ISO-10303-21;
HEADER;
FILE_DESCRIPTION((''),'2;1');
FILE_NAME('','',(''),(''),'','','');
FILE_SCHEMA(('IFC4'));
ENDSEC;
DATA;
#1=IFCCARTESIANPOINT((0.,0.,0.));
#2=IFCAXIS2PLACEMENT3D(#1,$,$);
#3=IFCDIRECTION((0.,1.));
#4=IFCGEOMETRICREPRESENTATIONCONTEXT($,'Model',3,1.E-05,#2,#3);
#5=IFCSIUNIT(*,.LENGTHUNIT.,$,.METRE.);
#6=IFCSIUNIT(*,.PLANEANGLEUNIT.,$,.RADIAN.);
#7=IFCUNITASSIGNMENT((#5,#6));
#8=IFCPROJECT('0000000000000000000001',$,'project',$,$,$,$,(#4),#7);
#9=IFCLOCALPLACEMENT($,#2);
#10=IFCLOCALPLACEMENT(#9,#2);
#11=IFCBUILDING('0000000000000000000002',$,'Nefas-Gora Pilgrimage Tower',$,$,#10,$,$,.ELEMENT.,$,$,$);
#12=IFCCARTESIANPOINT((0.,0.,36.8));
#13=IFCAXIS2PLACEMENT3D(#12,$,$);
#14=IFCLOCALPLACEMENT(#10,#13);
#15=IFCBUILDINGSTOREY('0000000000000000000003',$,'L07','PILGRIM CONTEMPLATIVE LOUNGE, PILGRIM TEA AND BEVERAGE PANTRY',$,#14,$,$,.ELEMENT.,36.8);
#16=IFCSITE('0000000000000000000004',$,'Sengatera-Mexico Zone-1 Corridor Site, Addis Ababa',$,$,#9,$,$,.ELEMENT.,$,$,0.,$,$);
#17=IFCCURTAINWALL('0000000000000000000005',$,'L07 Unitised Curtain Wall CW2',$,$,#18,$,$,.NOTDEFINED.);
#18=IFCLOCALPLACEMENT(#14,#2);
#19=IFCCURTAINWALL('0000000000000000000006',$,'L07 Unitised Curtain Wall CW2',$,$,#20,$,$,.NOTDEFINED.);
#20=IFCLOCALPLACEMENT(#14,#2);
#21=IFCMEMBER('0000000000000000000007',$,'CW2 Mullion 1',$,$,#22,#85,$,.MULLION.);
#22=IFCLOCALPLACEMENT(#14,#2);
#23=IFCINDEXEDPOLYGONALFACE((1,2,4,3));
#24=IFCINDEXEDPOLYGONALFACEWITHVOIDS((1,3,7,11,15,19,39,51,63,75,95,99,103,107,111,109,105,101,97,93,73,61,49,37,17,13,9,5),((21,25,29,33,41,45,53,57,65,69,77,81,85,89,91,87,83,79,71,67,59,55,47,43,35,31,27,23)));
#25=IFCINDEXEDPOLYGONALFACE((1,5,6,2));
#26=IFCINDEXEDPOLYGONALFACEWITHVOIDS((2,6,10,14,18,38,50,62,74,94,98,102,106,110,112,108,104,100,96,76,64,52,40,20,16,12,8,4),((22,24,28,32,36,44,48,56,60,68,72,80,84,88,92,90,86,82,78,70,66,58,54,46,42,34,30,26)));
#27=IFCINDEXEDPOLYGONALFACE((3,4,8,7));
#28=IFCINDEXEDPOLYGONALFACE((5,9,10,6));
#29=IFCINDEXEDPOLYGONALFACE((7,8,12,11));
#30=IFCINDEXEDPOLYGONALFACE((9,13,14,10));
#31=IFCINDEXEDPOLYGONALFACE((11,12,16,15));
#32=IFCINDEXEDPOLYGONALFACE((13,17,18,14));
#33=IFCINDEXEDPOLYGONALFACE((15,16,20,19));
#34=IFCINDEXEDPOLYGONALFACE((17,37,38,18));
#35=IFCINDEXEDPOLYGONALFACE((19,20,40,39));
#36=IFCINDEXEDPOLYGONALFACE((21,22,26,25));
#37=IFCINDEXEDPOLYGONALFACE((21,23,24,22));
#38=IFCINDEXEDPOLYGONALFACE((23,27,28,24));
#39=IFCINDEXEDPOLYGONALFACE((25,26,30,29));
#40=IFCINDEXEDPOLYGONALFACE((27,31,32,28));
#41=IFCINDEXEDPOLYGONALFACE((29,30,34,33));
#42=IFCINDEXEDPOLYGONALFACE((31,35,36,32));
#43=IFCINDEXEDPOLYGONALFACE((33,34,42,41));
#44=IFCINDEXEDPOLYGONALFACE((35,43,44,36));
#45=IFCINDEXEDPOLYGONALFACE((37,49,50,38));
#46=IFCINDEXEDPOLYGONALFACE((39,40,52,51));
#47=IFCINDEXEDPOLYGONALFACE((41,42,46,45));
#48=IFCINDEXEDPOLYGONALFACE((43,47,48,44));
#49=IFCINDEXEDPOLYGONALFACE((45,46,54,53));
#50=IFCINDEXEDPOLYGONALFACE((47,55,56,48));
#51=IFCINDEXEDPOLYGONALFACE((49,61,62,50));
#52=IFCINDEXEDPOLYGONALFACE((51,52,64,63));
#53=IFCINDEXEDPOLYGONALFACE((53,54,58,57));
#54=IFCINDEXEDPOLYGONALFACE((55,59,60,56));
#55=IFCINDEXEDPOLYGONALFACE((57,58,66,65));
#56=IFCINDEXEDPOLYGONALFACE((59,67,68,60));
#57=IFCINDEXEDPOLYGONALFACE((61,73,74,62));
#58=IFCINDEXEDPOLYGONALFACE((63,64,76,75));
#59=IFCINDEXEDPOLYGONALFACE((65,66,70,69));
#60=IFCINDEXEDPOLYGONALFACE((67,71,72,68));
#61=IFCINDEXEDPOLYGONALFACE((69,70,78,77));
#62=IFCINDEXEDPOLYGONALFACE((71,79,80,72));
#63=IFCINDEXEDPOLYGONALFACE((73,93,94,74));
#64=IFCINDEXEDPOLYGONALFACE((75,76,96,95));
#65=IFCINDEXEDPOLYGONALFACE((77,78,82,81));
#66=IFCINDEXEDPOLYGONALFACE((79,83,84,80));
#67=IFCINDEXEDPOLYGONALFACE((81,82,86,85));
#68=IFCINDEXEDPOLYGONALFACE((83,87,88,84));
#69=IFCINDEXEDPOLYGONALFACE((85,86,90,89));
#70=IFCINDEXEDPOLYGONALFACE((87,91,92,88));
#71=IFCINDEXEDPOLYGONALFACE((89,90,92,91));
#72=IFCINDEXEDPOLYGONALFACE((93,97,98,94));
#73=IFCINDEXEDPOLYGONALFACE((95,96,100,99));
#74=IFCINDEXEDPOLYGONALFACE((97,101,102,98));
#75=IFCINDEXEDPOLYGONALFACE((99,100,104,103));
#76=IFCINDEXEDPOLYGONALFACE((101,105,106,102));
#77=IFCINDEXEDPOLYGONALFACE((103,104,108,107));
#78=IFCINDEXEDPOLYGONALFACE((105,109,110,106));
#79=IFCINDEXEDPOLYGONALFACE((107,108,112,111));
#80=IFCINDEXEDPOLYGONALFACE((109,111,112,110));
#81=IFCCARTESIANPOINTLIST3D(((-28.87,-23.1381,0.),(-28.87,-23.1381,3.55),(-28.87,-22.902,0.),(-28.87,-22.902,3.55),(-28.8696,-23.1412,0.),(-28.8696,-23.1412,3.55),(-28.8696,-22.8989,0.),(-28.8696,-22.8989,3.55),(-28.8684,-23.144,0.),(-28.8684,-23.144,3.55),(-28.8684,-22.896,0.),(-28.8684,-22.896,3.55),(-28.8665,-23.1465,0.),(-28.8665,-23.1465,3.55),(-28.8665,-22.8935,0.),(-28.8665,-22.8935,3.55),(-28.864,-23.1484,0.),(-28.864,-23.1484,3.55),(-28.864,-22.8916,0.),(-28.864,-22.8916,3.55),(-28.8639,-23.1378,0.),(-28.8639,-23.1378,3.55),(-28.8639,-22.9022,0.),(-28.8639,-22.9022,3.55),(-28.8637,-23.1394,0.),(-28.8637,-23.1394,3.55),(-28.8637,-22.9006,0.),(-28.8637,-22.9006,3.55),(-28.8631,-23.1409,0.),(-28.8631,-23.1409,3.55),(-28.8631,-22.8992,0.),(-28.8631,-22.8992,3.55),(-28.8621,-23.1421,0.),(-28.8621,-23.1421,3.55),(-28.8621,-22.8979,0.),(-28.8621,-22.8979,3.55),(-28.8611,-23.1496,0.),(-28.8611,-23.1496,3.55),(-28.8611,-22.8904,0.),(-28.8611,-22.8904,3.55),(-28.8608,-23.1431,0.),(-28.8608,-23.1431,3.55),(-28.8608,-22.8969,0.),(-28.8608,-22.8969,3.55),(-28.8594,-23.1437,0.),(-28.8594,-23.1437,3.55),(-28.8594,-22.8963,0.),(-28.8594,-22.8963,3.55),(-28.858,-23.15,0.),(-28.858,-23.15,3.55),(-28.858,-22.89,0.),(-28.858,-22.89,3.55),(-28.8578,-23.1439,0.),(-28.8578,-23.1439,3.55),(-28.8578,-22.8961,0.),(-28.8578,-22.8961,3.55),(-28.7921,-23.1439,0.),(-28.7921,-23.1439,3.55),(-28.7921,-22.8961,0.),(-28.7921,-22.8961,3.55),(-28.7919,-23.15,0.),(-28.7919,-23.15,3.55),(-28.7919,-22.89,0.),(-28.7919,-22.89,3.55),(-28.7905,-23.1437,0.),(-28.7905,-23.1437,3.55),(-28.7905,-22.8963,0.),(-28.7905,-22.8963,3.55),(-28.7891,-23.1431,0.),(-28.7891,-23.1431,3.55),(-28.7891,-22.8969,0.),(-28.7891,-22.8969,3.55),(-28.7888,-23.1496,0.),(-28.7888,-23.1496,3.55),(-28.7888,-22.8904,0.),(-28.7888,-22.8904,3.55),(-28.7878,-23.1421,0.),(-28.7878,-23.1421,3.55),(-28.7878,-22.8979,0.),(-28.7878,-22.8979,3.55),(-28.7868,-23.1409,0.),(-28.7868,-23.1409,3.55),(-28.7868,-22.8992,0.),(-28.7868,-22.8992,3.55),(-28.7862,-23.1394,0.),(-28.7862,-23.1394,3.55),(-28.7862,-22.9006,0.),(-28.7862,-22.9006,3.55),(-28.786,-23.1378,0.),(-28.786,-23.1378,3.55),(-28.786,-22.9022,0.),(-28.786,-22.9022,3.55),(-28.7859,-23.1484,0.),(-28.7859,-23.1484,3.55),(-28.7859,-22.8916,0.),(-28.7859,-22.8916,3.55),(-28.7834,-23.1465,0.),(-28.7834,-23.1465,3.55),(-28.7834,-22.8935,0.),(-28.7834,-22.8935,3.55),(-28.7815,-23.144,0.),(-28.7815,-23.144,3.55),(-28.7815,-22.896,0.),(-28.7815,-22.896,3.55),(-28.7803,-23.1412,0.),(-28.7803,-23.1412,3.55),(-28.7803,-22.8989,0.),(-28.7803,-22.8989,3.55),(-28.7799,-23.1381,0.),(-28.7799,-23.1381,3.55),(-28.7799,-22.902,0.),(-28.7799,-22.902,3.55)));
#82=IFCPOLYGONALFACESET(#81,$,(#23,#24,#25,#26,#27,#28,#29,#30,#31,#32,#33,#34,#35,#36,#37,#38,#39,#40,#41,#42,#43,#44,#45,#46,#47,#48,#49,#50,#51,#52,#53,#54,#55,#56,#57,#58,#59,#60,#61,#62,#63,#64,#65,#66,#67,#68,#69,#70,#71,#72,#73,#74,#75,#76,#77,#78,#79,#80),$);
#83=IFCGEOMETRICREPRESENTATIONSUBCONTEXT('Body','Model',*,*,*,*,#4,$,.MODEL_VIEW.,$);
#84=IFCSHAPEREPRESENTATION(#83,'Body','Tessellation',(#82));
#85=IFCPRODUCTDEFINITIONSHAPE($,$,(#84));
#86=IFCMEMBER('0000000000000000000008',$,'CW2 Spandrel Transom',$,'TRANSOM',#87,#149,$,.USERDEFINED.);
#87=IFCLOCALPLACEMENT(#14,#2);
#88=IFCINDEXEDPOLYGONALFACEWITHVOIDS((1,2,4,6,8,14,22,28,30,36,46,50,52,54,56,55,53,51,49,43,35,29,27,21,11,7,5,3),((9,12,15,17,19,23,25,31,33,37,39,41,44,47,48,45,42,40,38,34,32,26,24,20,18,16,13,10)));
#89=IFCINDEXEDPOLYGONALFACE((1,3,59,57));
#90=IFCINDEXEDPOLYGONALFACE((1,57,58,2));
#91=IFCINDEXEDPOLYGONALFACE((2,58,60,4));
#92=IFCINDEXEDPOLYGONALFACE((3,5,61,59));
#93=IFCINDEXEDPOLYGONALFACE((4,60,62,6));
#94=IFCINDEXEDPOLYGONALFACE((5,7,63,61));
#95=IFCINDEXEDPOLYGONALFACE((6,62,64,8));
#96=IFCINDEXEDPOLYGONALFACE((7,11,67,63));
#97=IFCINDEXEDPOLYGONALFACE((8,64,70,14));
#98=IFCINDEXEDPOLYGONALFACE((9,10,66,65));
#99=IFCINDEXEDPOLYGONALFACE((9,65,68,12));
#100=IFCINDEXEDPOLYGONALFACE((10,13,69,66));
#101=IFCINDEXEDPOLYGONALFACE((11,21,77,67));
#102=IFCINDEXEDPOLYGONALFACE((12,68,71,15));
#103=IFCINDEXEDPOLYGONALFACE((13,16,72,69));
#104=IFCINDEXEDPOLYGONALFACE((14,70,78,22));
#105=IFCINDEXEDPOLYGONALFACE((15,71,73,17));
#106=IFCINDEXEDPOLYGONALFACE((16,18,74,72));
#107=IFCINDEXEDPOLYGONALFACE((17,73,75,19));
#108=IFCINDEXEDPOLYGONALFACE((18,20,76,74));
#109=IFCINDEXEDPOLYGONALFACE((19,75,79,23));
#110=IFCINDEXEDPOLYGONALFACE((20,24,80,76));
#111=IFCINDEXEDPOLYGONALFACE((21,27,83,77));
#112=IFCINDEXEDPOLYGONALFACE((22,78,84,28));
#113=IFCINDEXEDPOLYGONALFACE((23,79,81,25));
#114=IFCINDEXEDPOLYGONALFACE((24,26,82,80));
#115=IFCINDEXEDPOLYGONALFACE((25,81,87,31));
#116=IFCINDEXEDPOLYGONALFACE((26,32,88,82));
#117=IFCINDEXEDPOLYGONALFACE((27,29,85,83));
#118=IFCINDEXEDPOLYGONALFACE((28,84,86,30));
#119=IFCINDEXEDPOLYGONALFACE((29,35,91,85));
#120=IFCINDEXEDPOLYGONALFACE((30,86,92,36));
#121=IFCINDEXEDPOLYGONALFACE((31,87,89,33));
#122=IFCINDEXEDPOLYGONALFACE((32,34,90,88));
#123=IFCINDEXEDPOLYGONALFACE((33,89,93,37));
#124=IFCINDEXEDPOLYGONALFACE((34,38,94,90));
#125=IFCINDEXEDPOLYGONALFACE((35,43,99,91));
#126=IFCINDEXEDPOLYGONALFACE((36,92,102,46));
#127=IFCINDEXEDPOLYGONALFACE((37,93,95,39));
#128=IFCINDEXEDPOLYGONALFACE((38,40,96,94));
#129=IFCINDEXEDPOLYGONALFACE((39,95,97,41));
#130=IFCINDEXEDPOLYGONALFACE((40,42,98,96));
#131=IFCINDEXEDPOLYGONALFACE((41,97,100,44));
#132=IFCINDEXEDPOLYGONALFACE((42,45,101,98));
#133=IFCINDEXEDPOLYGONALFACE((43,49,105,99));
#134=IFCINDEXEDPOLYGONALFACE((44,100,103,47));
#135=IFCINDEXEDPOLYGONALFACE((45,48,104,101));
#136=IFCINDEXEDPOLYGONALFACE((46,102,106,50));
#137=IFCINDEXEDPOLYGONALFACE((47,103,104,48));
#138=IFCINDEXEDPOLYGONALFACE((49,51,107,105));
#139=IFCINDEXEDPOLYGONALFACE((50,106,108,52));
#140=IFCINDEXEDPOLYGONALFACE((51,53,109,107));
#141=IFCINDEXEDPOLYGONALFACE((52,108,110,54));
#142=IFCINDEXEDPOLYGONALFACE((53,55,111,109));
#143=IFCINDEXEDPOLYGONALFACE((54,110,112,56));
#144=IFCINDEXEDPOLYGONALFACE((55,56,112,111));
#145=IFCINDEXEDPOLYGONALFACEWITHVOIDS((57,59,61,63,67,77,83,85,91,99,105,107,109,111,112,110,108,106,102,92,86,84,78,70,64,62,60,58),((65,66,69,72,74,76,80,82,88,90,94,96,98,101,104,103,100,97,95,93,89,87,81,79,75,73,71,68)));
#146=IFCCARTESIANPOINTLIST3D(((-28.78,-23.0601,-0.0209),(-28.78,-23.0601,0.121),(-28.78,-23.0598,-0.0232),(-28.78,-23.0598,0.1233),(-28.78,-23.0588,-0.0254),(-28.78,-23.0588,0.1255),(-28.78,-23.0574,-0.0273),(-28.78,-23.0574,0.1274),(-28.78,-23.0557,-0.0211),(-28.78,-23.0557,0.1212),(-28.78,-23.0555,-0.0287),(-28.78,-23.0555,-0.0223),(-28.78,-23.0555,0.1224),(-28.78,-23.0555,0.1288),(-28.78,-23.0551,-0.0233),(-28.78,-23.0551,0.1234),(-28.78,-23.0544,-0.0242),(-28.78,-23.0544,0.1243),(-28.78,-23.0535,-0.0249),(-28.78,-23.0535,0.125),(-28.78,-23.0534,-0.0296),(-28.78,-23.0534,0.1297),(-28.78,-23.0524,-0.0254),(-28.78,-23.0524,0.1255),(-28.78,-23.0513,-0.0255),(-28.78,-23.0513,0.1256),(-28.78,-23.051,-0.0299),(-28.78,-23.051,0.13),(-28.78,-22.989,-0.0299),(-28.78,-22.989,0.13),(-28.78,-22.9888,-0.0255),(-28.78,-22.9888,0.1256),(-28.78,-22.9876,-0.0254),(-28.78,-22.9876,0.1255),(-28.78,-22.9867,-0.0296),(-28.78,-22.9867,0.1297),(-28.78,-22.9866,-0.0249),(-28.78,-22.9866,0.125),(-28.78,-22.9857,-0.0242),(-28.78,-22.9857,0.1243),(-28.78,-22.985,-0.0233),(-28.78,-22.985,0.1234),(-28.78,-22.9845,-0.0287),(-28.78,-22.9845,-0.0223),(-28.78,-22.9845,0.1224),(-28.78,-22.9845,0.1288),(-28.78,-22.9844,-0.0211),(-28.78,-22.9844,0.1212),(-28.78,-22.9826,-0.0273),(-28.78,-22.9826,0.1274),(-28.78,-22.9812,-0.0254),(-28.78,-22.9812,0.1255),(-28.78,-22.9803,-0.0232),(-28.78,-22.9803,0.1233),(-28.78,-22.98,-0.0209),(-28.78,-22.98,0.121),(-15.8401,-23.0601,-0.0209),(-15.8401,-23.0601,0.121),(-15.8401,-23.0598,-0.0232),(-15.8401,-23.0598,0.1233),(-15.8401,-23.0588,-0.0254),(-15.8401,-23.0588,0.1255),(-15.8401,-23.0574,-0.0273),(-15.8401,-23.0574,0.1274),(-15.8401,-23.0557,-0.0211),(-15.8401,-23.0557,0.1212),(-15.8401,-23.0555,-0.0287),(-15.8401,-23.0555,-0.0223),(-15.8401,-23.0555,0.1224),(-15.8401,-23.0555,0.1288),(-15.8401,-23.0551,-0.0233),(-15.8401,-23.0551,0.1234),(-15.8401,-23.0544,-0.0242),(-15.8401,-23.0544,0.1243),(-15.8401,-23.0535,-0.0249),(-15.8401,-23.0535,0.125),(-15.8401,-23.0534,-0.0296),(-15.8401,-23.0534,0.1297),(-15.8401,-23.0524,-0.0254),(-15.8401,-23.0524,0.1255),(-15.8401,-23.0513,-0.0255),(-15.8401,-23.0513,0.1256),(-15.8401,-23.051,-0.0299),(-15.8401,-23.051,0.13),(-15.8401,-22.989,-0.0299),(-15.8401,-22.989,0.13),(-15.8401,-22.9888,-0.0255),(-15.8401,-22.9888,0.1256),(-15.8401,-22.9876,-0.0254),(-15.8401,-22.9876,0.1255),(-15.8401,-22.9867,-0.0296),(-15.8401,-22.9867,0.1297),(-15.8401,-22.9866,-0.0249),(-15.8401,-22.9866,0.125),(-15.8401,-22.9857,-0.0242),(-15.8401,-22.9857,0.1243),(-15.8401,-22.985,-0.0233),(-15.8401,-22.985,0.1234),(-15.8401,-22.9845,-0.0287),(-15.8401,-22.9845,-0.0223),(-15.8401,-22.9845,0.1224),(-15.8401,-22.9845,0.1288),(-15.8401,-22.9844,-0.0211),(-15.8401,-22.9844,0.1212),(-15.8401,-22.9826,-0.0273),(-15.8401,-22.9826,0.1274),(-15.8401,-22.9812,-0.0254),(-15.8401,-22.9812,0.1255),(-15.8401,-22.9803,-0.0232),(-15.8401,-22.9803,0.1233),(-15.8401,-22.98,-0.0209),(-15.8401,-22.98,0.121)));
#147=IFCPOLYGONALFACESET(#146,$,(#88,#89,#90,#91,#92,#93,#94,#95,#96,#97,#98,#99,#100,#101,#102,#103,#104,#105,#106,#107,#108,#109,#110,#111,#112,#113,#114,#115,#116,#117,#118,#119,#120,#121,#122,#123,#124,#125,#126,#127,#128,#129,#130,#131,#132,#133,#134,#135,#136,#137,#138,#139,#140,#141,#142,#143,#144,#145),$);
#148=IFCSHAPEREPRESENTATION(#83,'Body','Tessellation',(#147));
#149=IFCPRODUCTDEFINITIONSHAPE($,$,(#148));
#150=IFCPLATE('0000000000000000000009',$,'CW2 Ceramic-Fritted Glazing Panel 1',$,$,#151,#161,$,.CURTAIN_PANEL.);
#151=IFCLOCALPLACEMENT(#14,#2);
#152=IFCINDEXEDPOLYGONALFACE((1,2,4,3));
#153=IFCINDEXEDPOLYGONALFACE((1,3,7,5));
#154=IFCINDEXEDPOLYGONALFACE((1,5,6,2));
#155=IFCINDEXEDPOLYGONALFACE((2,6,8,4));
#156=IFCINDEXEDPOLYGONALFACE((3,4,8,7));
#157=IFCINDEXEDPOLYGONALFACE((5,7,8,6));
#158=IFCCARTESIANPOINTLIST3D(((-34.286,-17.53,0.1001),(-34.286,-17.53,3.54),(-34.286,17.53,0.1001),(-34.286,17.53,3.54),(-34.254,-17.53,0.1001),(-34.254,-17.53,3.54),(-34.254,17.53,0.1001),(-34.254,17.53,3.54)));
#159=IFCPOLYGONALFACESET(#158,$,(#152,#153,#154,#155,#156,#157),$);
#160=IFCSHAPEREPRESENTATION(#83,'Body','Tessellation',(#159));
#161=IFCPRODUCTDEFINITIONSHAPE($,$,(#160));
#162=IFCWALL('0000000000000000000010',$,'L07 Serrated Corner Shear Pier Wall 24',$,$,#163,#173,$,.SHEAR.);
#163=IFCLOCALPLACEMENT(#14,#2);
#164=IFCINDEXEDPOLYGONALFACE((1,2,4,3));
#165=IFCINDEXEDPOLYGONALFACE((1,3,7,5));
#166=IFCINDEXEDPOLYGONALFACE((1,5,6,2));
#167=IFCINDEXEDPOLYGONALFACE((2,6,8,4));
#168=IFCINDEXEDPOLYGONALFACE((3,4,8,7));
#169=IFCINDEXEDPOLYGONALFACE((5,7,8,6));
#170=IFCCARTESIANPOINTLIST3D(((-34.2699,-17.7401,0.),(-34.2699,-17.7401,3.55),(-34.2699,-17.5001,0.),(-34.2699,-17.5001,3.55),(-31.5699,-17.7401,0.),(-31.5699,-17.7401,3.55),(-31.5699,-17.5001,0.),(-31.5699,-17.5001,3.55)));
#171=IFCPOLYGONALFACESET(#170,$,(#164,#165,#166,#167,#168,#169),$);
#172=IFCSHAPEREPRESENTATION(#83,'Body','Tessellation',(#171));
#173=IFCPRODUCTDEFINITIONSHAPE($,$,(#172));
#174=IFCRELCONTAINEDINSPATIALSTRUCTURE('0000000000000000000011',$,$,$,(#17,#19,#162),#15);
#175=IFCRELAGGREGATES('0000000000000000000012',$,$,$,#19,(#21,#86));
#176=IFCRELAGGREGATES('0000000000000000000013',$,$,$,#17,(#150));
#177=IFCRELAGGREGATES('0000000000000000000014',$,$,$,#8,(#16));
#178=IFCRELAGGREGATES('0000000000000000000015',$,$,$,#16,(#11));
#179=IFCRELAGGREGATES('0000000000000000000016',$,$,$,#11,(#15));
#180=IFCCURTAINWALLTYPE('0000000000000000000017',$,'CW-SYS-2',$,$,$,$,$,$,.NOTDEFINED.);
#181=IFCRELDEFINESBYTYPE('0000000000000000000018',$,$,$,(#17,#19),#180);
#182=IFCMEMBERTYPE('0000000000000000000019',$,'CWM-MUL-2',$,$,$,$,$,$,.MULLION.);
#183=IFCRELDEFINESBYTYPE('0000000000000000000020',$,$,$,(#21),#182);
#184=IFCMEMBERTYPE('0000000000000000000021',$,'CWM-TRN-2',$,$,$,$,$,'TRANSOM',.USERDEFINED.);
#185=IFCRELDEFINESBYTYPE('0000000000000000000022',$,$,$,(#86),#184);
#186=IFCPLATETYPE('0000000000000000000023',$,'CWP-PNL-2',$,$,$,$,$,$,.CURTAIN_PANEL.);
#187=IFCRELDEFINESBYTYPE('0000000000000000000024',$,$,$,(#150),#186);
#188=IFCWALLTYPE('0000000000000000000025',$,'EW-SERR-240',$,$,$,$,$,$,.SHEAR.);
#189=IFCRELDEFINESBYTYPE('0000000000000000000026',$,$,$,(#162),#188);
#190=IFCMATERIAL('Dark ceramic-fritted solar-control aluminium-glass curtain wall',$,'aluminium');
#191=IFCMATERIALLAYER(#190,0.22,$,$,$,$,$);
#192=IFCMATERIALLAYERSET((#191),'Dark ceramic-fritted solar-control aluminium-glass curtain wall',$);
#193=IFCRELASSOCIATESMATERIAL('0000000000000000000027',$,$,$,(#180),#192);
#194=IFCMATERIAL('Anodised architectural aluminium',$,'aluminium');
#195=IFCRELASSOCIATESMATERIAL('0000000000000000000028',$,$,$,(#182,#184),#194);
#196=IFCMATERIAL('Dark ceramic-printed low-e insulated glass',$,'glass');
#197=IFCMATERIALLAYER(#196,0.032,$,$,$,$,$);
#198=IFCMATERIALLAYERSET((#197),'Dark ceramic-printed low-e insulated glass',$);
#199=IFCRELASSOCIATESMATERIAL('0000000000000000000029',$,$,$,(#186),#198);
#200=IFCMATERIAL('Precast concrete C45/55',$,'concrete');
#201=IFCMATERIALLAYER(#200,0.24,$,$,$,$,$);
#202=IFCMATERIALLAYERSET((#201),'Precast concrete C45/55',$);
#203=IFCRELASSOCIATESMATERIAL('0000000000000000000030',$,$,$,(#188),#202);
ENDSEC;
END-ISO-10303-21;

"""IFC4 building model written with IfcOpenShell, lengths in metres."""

from ifc_helpers import new_model, si_unit, direction, frame, frame_2d, origin, origin_2d, place, context, subcontext, project, spatial, rectangle, hollow_rectangle, extrude, source, transform, mapped, material, layer, layer_set, material_profile, profile_set, type_object, element, aggregate, save


model = new_model("IFC4")

# Units and contexts
model_context = context("Model", 3, precision=1e-05, world=origin(), true_north=direction((0.0, 1.0)))
body_context = subcontext(model_context, "Body", "Model", "MODEL_VIEW")
ifc_project = project(units=[si_unit("LENGTHUNIT", "METRE"), si_unit("PLANEANGLEUNIT", "RADIAN")], contexts=[model_context])

# Site, building, storey
site_placement = place(None, origin())
site = spatial("IfcSite", under=ifc_project, at=site_placement, Name="Sengatera-Mexico Zone-1 Corridor Site, Addis Ababa", CompositionType="ELEMENT", RefElevation=0.0)
building_placement = place(site_placement, origin())
building = spatial("IfcBuilding", under=site, at=building_placement, Name="Nefas-Gora Pilgrimage Tower", CompositionType="ELEMENT")
storey_placement = place(building_placement, frame((0.0, 0.0, 36.8)))
storey = spatial("IfcBuildingStorey", under=building, at=storey_placement, Name="L07", Description="PILGRIM CONTEMPLATIVE LOUNGE, PILGRIM TEA AND BEVERAGE PANTRY", CompositionType="ELEMENT", Elevation=36.8)

# Curtain wall
ifc_material_1 = material(Name="Dark ceramic-fritted solar-control aluminium-glass curtain wall", Category="aluminium")
ifc_layer_1 = layer(ifc_material_1, 0.22)
ifc_layer_set_1 = layer_set([ifc_layer_1], Name="Dark ceramic-fritted solar-control aluminium-glass curtain wall")
curtain_wall_type = type_object("IfcCurtainWallType", Name="CW-SYS-2", PredefinedType="NOTDEFINED", material=ifc_layer_set_1)
curtain_wall_1_placement = place(storey_placement, origin())
curtain_wall_1 = element("IfcCurtainWall", 1, at=curtain_wall_1_placement, inside=storey, type_object=curtain_wall_type, Name="L07 Unitised Curtain Wall CW2", PredefinedType="NOTDEFINED")
ifc_material_2 = material(Name="Anodised architectural aluminium", Category="aluminium")
ifc_material_profile_1 = material_profile(ifc_material_2, hollow_rectangle(XDim=0.0901, YDim=0.26, WallThickness=0.0061, InnerFilletRadius=0.0061, OuterFilletRadius=0.012, at=origin_2d()), Name="ALU MULLION 90x260")
ifc_profile_set_1 = profile_set([ifc_material_profile_1], Name="Anodised architectural aluminium")
member_type_1 = type_object("IfcMemberType", Name="CWM-MUL-2", PredefinedType="MULLION", material=ifc_profile_set_1)
shared_shape_1 = source(origin(), body_context, "Body", "SweptSolid", [
    extrude(hollow_rectangle(XDim=0.0901, YDim=0.26, WallThickness=0.0061, InnerFilletRadius=0.0061, OuterFilletRadius=0.012, at=origin_2d()), origin(), (0.0, 0.0, 1.0), 3.55),
])

# Curtain wall, members
curtain_wall_2_placement = place(storey_placement, origin())
curtain_wall_2 = element("IfcCurtainWall", 2, at=curtain_wall_2_placement, inside=storey, type_object=curtain_wall_type, Name="L07 Unitised Curtain Wall CW2", PredefinedType="NOTDEFINED")
member_1_placement = place(storey_placement, frame((-28.825, -23.02, 0.0), z_axis=(0.0, 0.0, 1.0), x_axis=(1.0, 0.0, 0.0)))
member_1 = element("IfcMember", 3, at=member_1_placement, type_object=member_type_1, Name="CW2 Mullion 1", PredefinedType="MULLION", context=body_context, shape_type="MappedRepresentation", body=[
    mapped(shared_shape_1, transform((0.0, 0.0, 0.0), x_axis=(1.0, 0.0, 0.0), y_axis=(0.0, 1.0, 0.0), z_axis=(0.0, 0.0, 1.0), scale=1.0)),
])
ifc_material_profile_2 = material_profile(ifc_material_2, hollow_rectangle(XDim=0.0801, YDim=0.1599, WallThickness=0.0044, InnerFilletRadius=0.0044, OuterFilletRadius=0.009, at=origin_2d()), Name="ALU TRANSOM 80x160")
ifc_profile_set_2 = profile_set([ifc_material_profile_2], Name="Anodised architectural aluminium")
member_type_2 = type_object("IfcMemberType", Name="CWM-TRN-2", ElementType="TRANSOM", PredefinedType="USERDEFINED", material=ifc_profile_set_2)
shared_shape_2 = source(origin(), body_context, "Body", "SweptSolid", [
    extrude(hollow_rectangle(XDim=0.0801, YDim=0.1599, WallThickness=0.0044, InnerFilletRadius=0.0044, OuterFilletRadius=0.009, at=origin_2d()), origin(), (0.0, 0.0, 1.0), 12.9399),
])
member_2_placement = place(storey_placement, frame((-28.78, -23.02, 0.05), z_axis=(1.0, 0.0, 0.0), x_axis=(0.0, 1.0, 0.0)))
member_2 = element("IfcMember", 4, at=member_2_placement, type_object=member_type_2, Name="CW2 Spandrel Transom", ObjectType="TRANSOM", PredefinedType="USERDEFINED", context=body_context, shape_type="MappedRepresentation", body=[
    mapped(shared_shape_2, transform((0.0, 0.0, 0.0), x_axis=(1.0, 0.0, 0.0), y_axis=(0.0, 1.0, 0.0), z_axis=(0.0, 0.0, 1.0), scale=1.0)),
])
aggregate(curtain_wall_2, [member_1, member_2])

# Plate
ifc_material_3 = material(Name="Dark ceramic-printed low-e insulated glass", Category="glass")
ifc_layer_2 = layer(ifc_material_3, 0.032)
ifc_layer_set_2 = layer_set([ifc_layer_2], Name="Dark ceramic-printed low-e insulated glass")
plate_type = type_object("IfcPlateType", Name="CWP-PNL-2", PredefinedType="CURTAIN_PANEL", material=ifc_layer_set_2)
shared_shape_3 = source(origin(), body_context, "Body", "SweptSolid", [
    extrude(rectangle(XDim=35.0601, YDim=0.032, at=origin_2d()), origin(), (0.0, 0.0, 1.0), 3.4399),
])
plate_placement = place(storey_placement, frame((-34.27, 0.0, 0.1001), z_axis=(0.0, 0.0, 1.0), x_axis=(0.0, -1.0, 0.0)))
plate = element("IfcPlate", 5, at=plate_placement, type_object=plate_type, Name="CW2 Ceramic-Fritted Glazing Panel 1", PredefinedType="CURTAIN_PANEL", context=body_context, shape_type="MappedRepresentation", body=[
    mapped(shared_shape_3, transform((0.0, 0.0, 0.0), x_axis=(1.0, 0.0, 0.0), y_axis=(0.0, 1.0, 0.0), z_axis=(0.0, 0.0, 1.0), scale=1.0)),
])
aggregate(curtain_wall_1, [plate])

# Wall
ifc_material_4 = material(Name="Precast concrete C45/55", Category="concrete")
ifc_layer_3 = layer(ifc_material_4, 0.24)
ifc_layer_set_3 = layer_set([ifc_layer_3], Name="Precast concrete C45/55")
wall_type_1 = type_object("IfcWallType", Name="EW-SERR-240", PredefinedType="SHEAR", material=ifc_layer_set_3)
shared_shape_4 = source(origin(), body_context, "Body", "SweptSolid", [
    extrude(rectangle(XDim=2.7, YDim=0.24, at=frame_2d((1.3501, 0.0))), origin(), (0.0, 0.0, 1.0), 3.55),
])
wall_1_placement = place(storey_placement, frame((-34.27, -17.6201, 0.0), z_axis=(0.0, 0.0, 1.0), x_axis=(1.0, 0.0, 0.0)))
element("IfcWall", 6, at=wall_1_placement, inside=storey, type_object=wall_type_1, Name="L07 Serrated Corner Shear Pier Wall 24", PredefinedType="SHEAR", context=body_context, shape_type="MappedRepresentation", body=[
    mapped(shared_shape_4, transform((0.0, 0.0, 0.0), x_axis=(1.0, 0.0, 0.0), y_axis=(0.0, 1.0, 0.0), z_axis=(0.0, 0.0, 1.0), scale=1.0)),
])

save(model, "model.ifc")
